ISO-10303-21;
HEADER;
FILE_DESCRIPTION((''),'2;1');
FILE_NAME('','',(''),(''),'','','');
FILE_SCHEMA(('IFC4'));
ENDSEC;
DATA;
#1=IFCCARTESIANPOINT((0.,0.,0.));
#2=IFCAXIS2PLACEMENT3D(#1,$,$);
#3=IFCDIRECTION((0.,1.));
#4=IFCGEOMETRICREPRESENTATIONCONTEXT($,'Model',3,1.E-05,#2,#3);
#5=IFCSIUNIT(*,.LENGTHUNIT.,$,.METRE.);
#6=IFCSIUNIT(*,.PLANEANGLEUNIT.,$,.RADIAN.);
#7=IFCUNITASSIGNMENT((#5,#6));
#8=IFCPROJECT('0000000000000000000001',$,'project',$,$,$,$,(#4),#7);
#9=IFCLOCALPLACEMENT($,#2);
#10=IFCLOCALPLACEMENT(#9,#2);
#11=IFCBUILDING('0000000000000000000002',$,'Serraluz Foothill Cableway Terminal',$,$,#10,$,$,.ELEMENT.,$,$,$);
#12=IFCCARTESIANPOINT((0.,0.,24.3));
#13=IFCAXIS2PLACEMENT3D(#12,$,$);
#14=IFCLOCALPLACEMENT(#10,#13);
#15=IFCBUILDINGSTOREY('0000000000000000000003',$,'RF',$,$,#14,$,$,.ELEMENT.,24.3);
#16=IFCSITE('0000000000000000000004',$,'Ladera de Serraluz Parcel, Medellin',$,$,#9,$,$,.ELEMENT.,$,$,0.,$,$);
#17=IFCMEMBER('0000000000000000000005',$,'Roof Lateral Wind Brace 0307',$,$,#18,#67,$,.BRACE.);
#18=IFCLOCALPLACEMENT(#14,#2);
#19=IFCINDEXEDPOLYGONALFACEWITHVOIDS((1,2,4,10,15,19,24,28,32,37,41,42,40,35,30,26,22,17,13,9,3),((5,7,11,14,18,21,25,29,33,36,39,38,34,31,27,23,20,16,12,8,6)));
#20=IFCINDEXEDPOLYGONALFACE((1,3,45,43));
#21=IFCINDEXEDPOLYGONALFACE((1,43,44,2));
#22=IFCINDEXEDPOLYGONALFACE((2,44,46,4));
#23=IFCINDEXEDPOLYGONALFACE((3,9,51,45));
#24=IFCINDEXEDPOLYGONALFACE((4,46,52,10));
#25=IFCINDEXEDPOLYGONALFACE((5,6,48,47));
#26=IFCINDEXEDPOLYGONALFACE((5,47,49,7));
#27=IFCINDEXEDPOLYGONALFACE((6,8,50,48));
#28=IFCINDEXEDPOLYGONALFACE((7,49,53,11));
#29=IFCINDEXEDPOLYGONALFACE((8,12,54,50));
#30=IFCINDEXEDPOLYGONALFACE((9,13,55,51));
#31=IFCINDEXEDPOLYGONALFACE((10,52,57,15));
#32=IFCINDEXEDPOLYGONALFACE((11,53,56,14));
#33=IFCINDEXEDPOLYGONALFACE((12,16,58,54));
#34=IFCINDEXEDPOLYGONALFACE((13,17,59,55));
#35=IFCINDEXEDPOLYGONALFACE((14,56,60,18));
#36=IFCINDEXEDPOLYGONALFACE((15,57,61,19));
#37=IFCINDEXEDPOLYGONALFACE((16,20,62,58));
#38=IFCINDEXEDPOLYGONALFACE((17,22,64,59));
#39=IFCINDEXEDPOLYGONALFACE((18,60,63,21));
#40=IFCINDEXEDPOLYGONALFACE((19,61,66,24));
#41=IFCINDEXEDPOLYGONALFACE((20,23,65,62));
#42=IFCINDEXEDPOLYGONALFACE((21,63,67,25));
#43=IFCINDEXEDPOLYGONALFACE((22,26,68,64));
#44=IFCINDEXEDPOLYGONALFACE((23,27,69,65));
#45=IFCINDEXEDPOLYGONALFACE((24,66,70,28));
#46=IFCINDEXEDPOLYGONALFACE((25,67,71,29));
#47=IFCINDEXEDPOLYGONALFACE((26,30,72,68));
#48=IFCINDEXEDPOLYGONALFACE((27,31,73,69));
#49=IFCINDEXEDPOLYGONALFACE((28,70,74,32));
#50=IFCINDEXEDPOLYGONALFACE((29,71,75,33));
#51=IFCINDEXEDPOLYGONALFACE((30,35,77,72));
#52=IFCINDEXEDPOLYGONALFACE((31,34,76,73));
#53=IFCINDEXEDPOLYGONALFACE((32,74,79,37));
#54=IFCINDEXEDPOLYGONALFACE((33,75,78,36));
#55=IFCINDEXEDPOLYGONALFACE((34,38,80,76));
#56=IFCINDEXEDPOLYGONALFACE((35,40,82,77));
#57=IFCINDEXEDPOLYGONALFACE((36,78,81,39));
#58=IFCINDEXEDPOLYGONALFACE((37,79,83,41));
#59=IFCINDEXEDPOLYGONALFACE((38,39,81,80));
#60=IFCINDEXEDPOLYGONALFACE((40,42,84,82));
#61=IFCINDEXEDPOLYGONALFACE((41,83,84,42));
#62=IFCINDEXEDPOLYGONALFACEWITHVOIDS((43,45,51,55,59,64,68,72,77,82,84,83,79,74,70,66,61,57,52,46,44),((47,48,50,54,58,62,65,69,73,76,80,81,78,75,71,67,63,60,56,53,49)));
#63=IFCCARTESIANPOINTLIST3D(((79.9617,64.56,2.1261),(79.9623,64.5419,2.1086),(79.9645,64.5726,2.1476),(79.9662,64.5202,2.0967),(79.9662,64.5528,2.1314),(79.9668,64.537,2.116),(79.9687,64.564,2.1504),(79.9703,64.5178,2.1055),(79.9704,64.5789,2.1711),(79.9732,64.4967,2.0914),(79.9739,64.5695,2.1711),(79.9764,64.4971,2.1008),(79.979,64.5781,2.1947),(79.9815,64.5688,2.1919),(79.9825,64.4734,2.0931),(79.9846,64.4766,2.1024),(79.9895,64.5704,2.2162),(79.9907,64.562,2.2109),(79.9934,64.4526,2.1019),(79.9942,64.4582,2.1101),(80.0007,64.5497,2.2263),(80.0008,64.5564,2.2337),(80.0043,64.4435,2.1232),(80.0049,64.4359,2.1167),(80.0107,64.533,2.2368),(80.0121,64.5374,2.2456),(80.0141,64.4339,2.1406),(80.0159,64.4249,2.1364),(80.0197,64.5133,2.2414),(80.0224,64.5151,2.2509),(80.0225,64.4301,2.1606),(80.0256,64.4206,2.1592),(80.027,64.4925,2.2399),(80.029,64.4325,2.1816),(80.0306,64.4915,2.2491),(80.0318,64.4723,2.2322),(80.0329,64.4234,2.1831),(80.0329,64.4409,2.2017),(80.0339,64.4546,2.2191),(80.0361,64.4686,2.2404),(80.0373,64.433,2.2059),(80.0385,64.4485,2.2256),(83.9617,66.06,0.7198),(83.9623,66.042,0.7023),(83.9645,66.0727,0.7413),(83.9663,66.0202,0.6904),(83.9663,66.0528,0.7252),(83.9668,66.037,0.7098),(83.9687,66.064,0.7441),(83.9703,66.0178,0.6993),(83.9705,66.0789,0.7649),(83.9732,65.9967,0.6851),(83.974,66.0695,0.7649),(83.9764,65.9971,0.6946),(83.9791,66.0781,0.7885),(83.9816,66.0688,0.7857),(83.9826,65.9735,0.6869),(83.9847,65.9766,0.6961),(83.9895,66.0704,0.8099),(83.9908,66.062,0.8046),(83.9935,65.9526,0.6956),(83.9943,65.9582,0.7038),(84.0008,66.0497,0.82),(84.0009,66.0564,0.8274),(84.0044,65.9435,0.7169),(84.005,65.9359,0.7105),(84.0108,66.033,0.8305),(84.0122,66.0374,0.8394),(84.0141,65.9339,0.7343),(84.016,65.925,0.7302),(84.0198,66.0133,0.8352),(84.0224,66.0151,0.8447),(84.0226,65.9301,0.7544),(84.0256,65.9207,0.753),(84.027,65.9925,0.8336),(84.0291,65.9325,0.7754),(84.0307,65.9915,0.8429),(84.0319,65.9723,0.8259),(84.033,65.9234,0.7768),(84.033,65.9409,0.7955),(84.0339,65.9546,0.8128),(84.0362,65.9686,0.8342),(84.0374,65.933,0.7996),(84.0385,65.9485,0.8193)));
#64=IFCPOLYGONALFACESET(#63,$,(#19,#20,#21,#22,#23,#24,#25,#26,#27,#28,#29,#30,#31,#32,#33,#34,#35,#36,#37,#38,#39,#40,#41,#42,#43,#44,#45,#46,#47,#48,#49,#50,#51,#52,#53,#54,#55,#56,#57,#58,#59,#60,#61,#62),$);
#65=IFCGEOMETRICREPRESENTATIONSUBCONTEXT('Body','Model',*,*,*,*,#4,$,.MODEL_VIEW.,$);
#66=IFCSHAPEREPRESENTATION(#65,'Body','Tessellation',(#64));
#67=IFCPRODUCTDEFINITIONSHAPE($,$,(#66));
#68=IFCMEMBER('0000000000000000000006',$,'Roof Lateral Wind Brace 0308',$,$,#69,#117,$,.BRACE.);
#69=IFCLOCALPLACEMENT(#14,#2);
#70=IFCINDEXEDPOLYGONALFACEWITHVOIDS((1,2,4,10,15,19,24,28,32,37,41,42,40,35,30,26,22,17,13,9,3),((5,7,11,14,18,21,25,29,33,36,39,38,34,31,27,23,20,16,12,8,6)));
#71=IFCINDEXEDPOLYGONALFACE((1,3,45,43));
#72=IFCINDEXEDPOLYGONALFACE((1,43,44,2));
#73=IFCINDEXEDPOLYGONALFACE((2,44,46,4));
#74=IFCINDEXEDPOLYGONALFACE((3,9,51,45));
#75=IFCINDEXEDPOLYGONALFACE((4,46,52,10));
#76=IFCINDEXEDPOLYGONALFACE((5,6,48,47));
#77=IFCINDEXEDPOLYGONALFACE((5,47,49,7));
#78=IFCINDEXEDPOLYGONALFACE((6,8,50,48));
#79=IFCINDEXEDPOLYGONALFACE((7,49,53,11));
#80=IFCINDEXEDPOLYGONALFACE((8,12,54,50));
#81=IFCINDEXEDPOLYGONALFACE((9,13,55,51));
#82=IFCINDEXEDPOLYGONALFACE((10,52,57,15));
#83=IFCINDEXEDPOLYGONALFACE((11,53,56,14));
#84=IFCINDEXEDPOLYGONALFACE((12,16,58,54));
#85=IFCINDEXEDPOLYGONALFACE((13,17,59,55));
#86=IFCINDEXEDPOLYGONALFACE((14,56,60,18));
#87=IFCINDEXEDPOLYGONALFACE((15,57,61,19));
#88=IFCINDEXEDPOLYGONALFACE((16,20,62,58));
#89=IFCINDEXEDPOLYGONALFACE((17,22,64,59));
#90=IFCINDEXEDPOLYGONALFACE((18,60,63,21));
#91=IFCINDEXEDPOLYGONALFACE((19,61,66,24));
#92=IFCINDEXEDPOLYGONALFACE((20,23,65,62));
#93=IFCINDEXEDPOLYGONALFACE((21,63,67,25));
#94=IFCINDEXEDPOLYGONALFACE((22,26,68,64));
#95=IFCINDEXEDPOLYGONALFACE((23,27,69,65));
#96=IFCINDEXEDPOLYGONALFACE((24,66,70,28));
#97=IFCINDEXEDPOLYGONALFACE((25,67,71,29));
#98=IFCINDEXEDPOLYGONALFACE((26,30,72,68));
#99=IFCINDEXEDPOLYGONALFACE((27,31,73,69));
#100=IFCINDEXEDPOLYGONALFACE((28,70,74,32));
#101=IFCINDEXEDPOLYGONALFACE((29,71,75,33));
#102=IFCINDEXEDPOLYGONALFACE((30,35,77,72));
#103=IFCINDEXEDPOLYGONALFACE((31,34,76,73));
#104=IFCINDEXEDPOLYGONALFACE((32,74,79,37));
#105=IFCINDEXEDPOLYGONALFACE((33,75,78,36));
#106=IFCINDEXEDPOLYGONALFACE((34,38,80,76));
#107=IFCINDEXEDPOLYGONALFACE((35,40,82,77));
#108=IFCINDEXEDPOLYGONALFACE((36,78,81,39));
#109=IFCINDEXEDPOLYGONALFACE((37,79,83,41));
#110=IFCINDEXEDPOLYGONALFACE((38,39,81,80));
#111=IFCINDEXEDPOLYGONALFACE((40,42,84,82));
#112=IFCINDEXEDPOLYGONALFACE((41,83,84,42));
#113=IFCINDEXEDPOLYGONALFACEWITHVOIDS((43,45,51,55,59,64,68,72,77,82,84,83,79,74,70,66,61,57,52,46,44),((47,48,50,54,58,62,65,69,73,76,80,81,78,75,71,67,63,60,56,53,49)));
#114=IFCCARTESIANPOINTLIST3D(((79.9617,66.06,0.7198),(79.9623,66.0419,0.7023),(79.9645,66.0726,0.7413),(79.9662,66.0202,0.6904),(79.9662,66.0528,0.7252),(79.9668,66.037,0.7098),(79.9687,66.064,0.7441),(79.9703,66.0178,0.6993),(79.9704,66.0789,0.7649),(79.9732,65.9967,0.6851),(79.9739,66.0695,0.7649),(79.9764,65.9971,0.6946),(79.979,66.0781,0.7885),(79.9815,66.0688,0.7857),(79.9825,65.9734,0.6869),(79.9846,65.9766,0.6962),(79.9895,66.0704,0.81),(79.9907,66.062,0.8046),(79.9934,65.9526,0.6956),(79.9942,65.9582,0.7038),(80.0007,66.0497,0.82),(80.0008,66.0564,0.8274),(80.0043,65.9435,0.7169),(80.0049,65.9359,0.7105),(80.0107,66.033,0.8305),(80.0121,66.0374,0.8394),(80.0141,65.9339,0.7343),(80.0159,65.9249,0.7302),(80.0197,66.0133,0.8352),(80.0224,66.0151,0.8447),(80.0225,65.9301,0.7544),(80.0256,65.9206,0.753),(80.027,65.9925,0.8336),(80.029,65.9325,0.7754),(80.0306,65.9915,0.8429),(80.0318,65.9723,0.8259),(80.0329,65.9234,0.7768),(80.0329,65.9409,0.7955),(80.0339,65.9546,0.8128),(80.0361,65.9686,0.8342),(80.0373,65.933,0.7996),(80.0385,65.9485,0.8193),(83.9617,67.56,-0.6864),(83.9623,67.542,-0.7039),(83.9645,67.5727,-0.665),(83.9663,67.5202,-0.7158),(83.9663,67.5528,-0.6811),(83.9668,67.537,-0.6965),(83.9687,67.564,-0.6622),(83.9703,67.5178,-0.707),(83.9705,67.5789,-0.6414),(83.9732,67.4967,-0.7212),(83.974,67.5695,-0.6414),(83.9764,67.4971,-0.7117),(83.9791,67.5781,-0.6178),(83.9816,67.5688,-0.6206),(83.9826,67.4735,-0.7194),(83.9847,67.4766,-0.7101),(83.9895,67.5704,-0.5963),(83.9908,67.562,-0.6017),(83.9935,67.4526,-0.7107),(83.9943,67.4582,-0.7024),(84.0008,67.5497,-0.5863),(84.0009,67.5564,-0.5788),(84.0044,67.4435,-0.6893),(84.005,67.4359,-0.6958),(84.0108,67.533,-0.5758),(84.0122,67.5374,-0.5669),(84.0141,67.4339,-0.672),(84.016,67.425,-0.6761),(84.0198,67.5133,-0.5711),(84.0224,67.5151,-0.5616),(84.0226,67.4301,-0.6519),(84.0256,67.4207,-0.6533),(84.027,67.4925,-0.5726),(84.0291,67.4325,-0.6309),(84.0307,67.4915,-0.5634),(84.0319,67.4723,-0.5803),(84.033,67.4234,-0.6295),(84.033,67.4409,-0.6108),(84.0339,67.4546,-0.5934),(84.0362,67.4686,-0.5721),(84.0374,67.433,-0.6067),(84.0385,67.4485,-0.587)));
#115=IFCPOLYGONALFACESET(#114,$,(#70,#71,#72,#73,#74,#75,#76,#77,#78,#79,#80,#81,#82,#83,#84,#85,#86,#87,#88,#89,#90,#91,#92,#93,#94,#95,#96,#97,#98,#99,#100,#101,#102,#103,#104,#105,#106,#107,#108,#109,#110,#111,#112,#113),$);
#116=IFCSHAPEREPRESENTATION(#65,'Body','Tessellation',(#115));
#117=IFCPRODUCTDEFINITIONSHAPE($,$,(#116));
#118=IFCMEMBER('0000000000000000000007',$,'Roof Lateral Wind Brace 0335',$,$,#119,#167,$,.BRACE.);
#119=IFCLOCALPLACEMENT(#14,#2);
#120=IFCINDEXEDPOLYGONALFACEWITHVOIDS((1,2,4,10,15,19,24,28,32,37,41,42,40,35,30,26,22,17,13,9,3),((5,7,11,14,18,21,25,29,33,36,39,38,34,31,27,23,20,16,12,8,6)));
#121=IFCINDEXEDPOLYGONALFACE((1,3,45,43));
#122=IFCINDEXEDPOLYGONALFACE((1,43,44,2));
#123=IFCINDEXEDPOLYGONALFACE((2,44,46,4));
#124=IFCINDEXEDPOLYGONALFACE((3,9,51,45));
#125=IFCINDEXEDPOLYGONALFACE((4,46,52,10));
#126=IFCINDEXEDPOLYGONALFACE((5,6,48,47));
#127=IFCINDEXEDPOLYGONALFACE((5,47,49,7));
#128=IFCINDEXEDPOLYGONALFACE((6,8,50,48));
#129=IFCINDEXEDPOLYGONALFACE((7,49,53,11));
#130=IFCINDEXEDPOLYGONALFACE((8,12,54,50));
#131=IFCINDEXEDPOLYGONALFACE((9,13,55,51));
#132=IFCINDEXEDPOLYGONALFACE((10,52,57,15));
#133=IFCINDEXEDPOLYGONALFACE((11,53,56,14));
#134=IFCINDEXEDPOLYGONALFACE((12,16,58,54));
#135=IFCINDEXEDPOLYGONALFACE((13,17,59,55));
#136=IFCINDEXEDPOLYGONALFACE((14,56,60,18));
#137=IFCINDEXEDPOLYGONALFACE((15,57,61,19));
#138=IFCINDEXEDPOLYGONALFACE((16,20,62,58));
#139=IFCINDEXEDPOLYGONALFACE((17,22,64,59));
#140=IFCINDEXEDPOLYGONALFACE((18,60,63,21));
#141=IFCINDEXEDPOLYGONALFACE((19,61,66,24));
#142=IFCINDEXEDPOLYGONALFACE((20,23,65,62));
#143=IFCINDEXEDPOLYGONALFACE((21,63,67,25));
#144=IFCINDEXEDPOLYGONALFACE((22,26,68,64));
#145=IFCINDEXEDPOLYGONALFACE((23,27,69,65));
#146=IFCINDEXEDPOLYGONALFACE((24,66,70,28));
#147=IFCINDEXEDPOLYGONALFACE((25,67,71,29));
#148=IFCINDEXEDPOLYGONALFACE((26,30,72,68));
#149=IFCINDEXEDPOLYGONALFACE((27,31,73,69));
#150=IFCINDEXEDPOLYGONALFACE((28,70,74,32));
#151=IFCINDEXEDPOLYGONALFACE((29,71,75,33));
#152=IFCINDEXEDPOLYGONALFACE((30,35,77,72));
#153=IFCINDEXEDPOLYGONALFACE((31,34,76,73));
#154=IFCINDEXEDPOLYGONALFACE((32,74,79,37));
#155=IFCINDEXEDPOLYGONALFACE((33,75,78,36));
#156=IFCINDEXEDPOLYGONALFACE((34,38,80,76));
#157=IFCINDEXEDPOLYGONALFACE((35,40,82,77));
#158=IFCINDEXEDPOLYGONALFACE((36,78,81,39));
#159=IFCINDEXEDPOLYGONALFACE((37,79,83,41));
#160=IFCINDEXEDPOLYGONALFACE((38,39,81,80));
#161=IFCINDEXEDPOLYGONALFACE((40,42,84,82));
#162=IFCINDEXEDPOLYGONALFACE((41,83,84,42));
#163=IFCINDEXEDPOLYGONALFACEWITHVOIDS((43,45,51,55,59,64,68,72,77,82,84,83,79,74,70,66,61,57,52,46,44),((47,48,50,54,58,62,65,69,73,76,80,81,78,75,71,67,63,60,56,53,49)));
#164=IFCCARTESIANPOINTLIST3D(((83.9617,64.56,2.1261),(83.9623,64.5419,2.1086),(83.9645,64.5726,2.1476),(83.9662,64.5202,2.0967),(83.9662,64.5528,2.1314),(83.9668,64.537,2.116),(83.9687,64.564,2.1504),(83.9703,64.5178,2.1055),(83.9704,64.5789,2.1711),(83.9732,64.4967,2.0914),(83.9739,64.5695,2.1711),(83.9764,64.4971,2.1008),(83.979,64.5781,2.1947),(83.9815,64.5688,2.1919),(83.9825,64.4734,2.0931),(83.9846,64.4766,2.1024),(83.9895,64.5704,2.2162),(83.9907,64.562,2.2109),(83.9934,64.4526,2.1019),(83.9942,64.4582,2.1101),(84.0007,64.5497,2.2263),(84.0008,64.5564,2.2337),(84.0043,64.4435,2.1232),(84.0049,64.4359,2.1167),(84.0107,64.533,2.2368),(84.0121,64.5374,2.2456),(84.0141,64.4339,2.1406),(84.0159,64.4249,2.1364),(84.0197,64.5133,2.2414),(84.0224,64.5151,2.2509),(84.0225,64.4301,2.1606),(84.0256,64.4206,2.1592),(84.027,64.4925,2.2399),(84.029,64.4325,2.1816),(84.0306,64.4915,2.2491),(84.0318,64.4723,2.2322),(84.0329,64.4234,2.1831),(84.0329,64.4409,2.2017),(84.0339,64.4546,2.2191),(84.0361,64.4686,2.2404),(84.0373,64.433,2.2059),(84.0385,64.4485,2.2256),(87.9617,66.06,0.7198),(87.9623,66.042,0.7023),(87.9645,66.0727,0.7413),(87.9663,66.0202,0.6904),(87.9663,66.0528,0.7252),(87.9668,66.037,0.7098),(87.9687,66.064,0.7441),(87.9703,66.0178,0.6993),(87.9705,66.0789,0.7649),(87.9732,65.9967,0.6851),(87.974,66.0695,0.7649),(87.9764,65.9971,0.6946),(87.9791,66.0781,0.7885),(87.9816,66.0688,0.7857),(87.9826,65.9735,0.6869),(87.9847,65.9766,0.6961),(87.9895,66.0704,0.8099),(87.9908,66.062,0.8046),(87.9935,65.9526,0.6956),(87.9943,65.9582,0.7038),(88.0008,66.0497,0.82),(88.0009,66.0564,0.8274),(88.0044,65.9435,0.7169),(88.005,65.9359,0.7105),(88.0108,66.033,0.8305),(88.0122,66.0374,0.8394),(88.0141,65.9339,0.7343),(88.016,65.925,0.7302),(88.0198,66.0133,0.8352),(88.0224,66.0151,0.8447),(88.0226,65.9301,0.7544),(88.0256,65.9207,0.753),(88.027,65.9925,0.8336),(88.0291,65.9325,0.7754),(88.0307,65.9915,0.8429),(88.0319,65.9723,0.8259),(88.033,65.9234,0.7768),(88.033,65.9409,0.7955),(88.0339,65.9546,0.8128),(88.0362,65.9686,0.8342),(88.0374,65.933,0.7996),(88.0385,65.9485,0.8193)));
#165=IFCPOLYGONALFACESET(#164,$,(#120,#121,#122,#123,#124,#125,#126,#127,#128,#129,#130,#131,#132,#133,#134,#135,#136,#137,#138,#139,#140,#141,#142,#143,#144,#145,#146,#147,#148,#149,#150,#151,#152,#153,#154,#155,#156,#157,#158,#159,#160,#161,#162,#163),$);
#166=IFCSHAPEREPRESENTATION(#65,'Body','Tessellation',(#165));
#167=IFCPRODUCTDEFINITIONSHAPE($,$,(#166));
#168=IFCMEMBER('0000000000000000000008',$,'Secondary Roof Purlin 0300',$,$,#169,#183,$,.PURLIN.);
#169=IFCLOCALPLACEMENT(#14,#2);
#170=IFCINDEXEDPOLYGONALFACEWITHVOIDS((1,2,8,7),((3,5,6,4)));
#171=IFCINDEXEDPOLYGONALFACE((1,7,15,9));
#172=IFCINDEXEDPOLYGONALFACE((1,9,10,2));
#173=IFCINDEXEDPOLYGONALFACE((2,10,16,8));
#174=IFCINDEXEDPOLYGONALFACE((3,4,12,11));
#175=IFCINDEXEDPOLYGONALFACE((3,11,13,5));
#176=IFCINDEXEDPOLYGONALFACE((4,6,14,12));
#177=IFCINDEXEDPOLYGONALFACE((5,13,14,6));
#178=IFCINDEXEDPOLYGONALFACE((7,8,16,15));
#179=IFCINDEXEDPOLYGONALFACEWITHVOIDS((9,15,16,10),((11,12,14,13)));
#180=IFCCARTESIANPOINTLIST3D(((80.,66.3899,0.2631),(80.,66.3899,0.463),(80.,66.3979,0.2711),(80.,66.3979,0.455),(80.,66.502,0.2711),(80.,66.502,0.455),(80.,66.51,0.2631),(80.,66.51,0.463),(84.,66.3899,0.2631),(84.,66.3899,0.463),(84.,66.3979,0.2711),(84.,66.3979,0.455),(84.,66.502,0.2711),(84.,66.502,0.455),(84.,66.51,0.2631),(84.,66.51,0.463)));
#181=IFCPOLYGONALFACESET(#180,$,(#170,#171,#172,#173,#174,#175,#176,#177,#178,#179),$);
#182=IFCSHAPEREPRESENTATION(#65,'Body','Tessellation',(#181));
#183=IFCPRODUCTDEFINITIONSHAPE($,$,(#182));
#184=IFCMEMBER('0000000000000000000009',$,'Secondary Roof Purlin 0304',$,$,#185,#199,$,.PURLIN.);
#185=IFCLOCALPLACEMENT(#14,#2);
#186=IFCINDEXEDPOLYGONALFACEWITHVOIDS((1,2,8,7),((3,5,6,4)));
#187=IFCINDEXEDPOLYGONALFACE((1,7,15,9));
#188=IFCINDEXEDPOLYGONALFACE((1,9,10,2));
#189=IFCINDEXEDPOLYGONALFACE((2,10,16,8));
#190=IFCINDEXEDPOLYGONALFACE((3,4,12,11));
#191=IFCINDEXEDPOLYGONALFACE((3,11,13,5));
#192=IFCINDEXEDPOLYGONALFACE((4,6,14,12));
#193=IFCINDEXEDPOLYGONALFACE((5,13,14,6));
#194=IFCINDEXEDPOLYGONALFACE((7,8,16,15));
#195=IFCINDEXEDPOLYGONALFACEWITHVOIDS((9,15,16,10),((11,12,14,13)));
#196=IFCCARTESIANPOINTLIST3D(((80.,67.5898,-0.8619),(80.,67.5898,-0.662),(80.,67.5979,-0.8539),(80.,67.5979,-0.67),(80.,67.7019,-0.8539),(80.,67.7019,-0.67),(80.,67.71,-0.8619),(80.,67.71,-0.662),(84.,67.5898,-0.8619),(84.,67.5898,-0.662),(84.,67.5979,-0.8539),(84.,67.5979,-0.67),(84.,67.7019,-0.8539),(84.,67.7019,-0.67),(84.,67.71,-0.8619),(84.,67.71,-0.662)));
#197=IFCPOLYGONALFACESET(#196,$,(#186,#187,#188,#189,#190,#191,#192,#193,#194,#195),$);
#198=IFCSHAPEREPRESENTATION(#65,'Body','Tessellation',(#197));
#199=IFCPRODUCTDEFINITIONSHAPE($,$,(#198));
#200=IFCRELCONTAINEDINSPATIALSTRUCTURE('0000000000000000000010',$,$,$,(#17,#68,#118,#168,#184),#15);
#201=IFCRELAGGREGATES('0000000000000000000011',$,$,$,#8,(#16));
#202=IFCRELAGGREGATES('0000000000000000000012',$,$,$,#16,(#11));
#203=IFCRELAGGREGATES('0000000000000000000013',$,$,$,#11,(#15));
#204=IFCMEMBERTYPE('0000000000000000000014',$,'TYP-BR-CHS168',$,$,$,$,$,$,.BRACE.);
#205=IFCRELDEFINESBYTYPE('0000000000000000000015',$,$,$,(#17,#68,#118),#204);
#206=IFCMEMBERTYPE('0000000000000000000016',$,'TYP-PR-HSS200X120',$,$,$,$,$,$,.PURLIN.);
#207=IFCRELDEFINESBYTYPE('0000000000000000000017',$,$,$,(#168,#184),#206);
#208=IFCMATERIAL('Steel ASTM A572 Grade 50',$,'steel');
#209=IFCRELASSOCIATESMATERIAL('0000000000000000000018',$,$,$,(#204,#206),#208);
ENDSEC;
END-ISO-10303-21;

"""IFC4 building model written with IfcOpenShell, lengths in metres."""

from ifc_helpers import new_model, si_unit, direction, frame, origin, origin_2d, place, context, subcontext, project, spatial, hollow_rectangle, hollow_circle, extrude, material, material_profile, profile_set, type_object, element, save


model = new_model("IFC4")

# Units and contexts
model_context = context("Model", 3, precision=1e-05, world=origin(), true_north=direction((0.0, 1.0)))
body_context = subcontext(model_context, "Body", "Model", "MODEL_VIEW")
ifc_project = project(units=[si_unit("LENGTHUNIT", "METRE"), si_unit("PLANEANGLEUNIT", "RADIAN")], contexts=[model_context])

# Site, building, storey
site_placement = place(None, origin())
site = spatial("IfcSite", under=ifc_project, at=site_placement, Name="Ladera de Serraluz Parcel, Medellin", CompositionType="ELEMENT", RefElevation=0.0)
building_placement = place(site_placement, origin())
building = spatial("IfcBuilding", under=site, at=building_placement, Name="Serraluz Foothill Cableway Terminal", CompositionType="ELEMENT")
storey_placement = place(building_placement, frame((0.0, 0.0, 24.3)))
storey = spatial("IfcBuildingStorey", under=building, at=storey_placement, Name="RF", CompositionType="ELEMENT", Elevation=24.3)

# Members
ifc_material_1 = material(Name="Steel ASTM A572 Grade 50", Category="steel")
ifc_material_profile_1 = material_profile(ifc_material_1, hollow_circle(Radius=0.0842, WallThickness=0.01, at=origin_2d()), Name="CHS168X10")
ifc_profile_set_1 = profile_set([ifc_material_profile_1], Name="Steel ASTM A572 Grade 50")
member_type_1 = type_object("IfcMemberType", Name="TYP-BR-CHS168", PredefinedType="BRACE", material=ifc_profile_set_1)
for number, where, z_axis, x_axis, name in (
    (1, (80.0, 64.5, 2.1711), (0.889382, 0.333518, -0.312673), (-0.351123, 0.936329, 0.0), "Roof Lateral Wind Brace 0307"),
    (2, (80.0, 66.0, 0.7649), (0.889382, 0.333518, -0.312673), (-0.351123, 0.936329, 0.0), "Roof Lateral Wind Brace 0308"),
    (3, (84.0, 64.5, 2.1711), (0.889382, 0.333518, -0.312673), (-0.351123, 0.936329, 0.0), "Roof Lateral Wind Brace 0335"),
):
    element("IfcMember", number, at=place(storey_placement, frame(where, z_axis=z_axis, x_axis=x_axis)), inside=storey, type_object=member_type_1, Name=name, PredefinedType="BRACE", context=body_context, shape_type="SweptSolid", body=[
        extrude(hollow_circle(Radius=0.0842, WallThickness=0.01, at=origin_2d()), origin(), (0.0, 0.0, 1.0), 4.4976),
    ])
ifc_material_profile_2 = material_profile(ifc_material_1, hollow_rectangle(XDim=0.1201, YDim=0.2, WallThickness=0.0081, at=origin_2d()), Name="HSS200X120X8")
ifc_profile_set_2 = profile_set([ifc_material_profile_2], Name="Steel ASTM A572 Grade 50")
member_type_2 = type_object("IfcMemberType", Name="TYP-PR-HSS200X120", PredefinedType="PURLIN", material=ifc_profile_set_2)
for number, where, z_axis, x_axis, name in (
    (4, (80.0, 66.45, 0.363), (1.0, 0.0, 0.0), (0.0, 1.0, 0.0), "Secondary Roof Purlin 0300"),
    (5, (80.0, 67.6499, -0.762), (1.0, 0.0, 0.0), (0.0, 1.0, 0.0), "Secondary Roof Purlin 0304"),
):
    element("IfcMember", number, at=place(storey_placement, frame(where, z_axis=z_axis, x_axis=x_axis)), inside=storey, type_object=member_type_2, Name=name, PredefinedType="PURLIN", context=body_context, shape_type="SweptSolid", body=[
        extrude(hollow_rectangle(XDim=0.1201, YDim=0.2, WallThickness=0.0081, at=origin_2d()), origin(), (0.0, 0.0, 1.0), 4.0),
    ])

save(model, "model.ifc")
